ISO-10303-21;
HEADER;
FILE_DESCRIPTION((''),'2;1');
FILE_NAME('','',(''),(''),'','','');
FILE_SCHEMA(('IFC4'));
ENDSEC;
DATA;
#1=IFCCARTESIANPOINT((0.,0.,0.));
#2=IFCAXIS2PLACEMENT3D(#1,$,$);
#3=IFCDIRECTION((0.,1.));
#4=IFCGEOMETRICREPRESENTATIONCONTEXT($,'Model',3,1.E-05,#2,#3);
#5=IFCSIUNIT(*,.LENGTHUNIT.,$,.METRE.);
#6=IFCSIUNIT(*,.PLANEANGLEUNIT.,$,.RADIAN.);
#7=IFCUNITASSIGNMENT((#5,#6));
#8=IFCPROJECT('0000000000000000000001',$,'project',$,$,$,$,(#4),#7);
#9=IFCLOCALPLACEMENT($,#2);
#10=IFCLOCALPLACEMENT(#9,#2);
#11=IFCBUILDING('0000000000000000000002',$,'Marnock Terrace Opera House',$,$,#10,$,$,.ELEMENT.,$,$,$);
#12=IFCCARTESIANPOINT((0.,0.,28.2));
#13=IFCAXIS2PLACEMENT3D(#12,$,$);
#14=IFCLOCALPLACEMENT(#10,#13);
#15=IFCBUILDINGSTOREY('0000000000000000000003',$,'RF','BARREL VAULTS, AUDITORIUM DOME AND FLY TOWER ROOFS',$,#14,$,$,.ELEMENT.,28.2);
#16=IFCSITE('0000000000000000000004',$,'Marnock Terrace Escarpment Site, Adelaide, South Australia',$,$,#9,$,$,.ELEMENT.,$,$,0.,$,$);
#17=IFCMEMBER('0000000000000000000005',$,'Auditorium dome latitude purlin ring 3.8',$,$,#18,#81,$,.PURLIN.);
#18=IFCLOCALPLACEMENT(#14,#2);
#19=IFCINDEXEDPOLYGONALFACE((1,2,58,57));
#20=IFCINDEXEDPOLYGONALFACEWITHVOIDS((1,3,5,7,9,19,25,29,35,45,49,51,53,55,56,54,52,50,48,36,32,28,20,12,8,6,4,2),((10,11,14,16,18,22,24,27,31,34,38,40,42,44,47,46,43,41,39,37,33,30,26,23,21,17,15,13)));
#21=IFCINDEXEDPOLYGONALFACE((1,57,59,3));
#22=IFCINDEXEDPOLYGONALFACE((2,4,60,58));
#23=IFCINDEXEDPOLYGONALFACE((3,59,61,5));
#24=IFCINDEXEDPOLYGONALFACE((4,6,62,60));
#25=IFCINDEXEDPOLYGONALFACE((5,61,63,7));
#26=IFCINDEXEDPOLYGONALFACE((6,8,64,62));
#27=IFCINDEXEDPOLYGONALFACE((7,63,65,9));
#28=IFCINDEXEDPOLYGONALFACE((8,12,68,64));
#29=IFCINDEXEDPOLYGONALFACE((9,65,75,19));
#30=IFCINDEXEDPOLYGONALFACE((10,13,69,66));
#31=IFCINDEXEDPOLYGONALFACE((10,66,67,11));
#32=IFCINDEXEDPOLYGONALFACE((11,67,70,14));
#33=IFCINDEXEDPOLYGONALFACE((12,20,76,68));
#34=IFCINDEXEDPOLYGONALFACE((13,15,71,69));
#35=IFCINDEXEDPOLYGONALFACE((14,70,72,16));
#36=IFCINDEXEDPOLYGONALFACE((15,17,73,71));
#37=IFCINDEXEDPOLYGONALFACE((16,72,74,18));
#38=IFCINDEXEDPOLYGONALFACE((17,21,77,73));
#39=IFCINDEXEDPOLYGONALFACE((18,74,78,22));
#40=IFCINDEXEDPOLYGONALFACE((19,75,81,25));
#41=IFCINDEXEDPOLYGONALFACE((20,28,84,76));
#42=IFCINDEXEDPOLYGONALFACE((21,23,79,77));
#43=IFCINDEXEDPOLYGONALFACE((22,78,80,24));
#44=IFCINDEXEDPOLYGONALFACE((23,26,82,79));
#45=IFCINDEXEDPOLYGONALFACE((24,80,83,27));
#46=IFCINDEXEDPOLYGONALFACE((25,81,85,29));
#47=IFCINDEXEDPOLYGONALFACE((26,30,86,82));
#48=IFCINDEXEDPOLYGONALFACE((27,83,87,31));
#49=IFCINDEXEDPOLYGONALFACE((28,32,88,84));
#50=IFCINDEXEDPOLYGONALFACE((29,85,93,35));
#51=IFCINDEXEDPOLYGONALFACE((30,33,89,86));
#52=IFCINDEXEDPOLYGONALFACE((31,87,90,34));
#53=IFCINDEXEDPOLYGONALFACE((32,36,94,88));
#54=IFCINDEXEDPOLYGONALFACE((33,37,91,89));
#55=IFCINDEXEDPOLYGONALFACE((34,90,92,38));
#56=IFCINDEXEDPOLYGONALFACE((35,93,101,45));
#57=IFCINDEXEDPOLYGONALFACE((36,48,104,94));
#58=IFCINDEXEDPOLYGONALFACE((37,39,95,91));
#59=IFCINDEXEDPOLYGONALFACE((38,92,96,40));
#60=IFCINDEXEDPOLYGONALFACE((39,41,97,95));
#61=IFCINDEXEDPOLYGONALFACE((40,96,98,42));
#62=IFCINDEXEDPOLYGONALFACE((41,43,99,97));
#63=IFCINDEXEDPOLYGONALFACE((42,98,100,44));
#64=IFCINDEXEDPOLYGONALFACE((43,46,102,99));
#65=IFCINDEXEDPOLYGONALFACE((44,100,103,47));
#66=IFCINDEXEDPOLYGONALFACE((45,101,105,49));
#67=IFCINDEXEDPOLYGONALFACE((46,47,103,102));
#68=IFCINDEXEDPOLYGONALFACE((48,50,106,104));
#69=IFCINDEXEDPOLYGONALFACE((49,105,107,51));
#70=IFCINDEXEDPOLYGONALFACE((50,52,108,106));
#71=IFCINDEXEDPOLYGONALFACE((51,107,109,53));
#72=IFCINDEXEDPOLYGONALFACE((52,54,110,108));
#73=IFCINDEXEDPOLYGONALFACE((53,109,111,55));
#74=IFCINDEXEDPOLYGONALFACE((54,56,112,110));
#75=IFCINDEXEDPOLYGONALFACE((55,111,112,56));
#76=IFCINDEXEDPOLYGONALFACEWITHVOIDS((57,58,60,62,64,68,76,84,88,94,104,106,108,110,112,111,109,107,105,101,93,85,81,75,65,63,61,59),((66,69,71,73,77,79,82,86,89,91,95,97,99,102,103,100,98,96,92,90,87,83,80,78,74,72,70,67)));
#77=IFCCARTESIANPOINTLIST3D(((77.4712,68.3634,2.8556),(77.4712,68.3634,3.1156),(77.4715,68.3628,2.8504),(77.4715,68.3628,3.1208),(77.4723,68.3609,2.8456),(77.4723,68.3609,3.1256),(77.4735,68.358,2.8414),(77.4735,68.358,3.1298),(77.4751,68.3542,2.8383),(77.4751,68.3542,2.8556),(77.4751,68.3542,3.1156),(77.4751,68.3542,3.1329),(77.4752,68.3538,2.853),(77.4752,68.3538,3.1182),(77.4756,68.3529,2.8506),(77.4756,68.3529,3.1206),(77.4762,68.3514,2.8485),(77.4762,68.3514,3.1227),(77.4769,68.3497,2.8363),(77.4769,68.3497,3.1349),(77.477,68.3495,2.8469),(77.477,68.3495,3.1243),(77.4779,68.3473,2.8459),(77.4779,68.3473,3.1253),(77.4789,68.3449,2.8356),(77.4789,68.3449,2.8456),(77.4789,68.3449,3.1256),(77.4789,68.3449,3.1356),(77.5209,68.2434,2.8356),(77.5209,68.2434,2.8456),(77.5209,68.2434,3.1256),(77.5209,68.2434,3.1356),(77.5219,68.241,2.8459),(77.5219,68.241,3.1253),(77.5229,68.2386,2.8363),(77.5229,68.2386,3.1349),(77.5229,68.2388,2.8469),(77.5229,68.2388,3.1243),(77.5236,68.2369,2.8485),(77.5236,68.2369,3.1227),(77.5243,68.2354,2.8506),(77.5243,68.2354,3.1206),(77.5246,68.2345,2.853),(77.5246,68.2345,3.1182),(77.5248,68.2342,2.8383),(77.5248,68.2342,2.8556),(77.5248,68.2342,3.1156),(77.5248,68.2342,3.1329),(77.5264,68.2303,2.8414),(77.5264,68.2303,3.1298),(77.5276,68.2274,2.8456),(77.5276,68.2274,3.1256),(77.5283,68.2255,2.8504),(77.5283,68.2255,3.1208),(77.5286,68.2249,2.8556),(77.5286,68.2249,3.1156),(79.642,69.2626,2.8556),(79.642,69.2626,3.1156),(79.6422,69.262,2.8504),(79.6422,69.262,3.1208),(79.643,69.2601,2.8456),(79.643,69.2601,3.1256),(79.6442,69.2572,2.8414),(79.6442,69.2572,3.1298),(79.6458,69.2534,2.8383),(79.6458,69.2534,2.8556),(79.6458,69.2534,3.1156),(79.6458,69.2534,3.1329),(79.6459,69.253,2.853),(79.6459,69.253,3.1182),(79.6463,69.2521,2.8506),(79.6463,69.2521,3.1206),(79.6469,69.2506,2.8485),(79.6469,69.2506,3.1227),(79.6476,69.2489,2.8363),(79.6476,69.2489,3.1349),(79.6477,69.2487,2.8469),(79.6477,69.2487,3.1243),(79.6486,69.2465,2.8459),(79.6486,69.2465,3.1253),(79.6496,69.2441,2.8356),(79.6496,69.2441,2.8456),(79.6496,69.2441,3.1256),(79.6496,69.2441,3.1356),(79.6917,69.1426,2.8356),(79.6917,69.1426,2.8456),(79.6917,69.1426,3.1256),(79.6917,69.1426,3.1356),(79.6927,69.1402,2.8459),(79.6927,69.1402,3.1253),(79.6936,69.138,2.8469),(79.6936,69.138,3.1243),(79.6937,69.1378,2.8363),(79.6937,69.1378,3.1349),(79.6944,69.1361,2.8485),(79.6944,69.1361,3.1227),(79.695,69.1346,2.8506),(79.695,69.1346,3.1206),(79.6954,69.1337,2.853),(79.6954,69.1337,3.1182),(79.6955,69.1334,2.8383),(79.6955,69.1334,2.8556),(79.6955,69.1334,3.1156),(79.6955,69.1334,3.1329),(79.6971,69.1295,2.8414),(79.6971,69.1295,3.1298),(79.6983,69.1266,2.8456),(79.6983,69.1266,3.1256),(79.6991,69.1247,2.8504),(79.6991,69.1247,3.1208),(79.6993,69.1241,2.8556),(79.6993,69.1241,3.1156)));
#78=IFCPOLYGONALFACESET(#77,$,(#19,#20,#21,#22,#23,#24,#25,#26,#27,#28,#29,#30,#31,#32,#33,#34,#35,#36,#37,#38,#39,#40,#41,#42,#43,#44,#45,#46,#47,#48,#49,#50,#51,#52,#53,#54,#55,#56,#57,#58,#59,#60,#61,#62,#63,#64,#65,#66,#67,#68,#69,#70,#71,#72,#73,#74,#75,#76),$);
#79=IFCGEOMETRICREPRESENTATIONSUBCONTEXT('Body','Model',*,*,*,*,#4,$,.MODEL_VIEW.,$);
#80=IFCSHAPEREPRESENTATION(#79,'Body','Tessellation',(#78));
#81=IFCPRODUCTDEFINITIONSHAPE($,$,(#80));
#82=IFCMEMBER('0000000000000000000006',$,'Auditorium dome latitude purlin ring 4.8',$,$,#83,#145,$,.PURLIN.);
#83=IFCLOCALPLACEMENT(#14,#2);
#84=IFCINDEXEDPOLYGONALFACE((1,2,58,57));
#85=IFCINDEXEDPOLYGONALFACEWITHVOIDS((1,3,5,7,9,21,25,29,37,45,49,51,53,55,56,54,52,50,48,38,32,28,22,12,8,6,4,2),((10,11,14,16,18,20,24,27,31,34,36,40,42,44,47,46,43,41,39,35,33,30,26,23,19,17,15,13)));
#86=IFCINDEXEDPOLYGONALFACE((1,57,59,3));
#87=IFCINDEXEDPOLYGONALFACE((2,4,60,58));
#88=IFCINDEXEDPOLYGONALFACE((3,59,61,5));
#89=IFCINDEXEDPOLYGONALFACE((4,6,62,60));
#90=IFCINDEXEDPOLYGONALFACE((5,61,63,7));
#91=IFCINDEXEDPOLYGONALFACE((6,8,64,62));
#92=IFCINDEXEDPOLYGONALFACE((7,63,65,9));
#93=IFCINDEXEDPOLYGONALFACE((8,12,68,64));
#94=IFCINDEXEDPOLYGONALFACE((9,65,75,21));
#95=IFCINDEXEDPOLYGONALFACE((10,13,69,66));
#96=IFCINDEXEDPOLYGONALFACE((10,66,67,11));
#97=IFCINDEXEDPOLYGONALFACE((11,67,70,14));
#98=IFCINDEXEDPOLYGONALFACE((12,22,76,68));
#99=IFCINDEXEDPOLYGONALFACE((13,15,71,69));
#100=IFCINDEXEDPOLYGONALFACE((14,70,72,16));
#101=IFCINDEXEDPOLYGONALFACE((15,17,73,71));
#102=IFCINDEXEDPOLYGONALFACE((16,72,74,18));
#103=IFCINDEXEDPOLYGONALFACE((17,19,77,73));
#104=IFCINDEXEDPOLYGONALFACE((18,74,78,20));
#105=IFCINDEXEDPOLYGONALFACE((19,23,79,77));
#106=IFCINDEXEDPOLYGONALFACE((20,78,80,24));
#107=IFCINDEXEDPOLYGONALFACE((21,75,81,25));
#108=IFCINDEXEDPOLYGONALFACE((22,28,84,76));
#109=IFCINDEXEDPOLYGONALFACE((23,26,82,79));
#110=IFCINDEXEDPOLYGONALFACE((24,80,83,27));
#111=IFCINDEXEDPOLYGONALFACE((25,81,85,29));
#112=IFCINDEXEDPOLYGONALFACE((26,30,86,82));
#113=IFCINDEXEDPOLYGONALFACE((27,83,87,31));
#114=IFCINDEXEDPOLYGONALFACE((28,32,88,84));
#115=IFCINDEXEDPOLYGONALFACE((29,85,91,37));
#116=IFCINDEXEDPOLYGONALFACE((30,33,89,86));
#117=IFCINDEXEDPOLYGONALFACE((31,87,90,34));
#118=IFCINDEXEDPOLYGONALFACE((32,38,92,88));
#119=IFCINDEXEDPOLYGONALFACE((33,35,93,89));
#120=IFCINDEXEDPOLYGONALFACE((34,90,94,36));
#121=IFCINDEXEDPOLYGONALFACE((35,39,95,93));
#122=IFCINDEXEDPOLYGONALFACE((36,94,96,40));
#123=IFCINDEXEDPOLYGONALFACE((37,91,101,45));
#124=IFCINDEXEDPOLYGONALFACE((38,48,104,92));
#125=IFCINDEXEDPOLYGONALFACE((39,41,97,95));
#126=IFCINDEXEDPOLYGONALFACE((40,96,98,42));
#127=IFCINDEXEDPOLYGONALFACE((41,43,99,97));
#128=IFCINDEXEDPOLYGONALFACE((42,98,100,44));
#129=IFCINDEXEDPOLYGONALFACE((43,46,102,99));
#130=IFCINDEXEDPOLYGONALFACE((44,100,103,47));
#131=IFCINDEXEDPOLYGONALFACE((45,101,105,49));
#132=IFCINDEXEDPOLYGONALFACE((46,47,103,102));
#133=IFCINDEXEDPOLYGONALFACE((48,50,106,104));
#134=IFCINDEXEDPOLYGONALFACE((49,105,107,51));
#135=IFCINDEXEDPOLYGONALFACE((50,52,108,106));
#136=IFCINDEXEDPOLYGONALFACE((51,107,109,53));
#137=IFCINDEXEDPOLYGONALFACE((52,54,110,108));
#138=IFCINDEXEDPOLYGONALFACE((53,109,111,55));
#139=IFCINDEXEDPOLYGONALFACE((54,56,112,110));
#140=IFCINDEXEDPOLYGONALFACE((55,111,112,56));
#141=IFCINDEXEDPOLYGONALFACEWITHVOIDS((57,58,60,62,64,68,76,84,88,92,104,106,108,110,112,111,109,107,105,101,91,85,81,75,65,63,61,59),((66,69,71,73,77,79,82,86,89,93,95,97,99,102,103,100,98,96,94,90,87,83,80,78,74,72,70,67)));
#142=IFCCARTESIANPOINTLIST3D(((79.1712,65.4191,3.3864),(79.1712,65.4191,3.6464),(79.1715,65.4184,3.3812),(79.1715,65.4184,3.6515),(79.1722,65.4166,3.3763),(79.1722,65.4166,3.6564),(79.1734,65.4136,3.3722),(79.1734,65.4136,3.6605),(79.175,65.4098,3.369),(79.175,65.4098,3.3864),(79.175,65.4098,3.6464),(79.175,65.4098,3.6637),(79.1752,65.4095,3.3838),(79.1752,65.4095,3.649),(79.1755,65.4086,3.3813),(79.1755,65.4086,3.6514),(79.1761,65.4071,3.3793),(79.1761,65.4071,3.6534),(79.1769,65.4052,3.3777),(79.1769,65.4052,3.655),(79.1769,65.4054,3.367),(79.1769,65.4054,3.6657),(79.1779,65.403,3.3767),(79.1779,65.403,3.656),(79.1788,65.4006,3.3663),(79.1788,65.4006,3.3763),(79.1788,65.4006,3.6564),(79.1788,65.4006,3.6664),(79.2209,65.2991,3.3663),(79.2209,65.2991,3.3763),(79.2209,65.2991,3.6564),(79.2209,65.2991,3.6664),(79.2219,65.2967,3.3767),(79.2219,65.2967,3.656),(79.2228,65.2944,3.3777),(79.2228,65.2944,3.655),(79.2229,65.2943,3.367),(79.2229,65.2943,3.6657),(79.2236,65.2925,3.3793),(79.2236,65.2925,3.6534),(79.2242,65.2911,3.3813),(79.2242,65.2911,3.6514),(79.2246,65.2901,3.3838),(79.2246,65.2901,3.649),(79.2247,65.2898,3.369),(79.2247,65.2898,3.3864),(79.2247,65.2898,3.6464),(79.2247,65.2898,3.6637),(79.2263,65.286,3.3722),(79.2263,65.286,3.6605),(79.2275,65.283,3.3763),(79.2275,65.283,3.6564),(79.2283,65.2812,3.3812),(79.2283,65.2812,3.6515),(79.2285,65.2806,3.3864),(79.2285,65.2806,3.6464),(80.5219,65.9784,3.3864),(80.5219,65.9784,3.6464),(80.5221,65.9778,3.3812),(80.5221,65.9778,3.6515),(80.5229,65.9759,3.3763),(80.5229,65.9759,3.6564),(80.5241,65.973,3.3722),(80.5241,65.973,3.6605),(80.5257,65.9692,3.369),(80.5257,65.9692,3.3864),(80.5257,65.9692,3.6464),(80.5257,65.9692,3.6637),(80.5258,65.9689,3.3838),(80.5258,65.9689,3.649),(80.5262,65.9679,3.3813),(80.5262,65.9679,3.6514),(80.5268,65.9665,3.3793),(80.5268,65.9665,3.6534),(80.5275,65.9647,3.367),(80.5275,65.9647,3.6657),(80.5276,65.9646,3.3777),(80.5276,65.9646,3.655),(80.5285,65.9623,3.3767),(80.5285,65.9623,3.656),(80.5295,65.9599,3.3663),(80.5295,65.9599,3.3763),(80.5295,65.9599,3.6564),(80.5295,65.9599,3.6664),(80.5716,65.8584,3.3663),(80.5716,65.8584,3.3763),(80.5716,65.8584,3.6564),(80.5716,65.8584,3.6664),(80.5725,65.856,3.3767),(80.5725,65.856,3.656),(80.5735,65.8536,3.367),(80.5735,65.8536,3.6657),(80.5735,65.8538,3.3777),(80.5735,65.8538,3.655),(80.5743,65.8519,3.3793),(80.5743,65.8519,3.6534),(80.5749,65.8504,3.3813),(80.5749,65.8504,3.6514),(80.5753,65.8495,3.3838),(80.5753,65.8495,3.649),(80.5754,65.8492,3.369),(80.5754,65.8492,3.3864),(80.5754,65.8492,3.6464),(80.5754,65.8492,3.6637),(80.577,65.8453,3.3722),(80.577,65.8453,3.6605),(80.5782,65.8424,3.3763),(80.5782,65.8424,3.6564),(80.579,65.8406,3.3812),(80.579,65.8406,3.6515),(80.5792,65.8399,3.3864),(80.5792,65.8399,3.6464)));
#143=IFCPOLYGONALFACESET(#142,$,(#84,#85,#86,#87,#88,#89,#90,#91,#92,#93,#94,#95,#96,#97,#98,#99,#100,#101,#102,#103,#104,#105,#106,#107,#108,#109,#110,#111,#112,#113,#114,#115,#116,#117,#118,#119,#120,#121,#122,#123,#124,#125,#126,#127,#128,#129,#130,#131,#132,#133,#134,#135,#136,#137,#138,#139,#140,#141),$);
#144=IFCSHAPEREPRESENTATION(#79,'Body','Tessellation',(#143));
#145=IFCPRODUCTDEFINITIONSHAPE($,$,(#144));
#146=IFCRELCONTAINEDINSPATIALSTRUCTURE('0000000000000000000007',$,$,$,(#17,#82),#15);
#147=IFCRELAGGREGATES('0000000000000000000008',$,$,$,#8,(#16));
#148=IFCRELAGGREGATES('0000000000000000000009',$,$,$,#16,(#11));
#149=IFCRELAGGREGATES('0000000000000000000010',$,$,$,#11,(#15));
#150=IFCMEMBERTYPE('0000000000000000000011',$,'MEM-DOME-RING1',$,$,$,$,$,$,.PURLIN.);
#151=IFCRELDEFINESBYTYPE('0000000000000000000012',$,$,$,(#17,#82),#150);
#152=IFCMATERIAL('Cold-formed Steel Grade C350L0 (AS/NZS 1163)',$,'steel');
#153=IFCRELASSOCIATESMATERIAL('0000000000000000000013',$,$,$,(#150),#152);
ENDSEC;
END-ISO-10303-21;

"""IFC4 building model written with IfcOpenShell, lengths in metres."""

from ifc_helpers import new_model, si_unit, direction, frame, origin, origin_2d, place, context, subcontext, project, spatial, hollow_rectangle, extrude, material, material_profile, profile_set, type_object, element, save


model = new_model("IFC4")

# Units and contexts
model_context = context("Model", 3, precision=1e-05, world=origin(), true_north=direction((0.0, 1.0)))
body_context = subcontext(model_context, "Body", "Model", "MODEL_VIEW")
ifc_project = project(units=[si_unit("LENGTHUNIT", "METRE"), si_unit("PLANEANGLEUNIT", "RADIAN")], contexts=[model_context])

# Site, building, storey
site_placement = place(None, origin())
site = spatial("IfcSite", under=ifc_project, at=site_placement, Name="Marnock Terrace Escarpment Site, Adelaide, South Australia", CompositionType="ELEMENT", RefElevation=0.0)
building_placement = place(site_placement, origin())
building = spatial("IfcBuilding", under=site, at=building_placement, Name="Marnock Terrace Opera House", CompositionType="ELEMENT")
storey_placement = place(building_placement, frame((0.0, 0.0, 28.2)))
storey = spatial("IfcBuildingStorey", under=building, at=storey_placement, Name="RF", Description="BARREL VAULTS, AUDITORIUM DOME AND FLY TOWER ROOFS", CompositionType="ELEMENT", Elevation=28.2)

# Members
ifc_material_1 = material(Name="Cold-formed Steel Grade C350L0 (AS/NZS 1163)", Category="steel")
ifc_material_profile_1 = material_profile(ifc_material_1, hollow_rectangle(XDim=0.1499, YDim=0.3, WallThickness=0.01, InnerFilletRadius=0.01, OuterFilletRadius=0.02, at=origin_2d()))
ifc_profile_set_1 = profile_set([ifc_material_profile_1], Name="Cold-formed Steel Grade C350L0 (AS/NZS 1163)")
member_type_1 = type_object("IfcMemberType", Name="MEM-DOME-RING1", PredefinedType="PURLIN", material=ifc_profile_set_1)
member_1_placement = place(storey_placement, frame((79.6707, 69.1934, 2.9856), z_axis=(-0.923871, -0.382704, 0.0), x_axis=(0.382704, -0.923871, 0.0)))
element("IfcMember", 1, at=member_1_placement, inside=storey, type_object=member_type_1, Name="Auditorium dome latitude purlin ring 3.8", PredefinedType="PURLIN", context=body_context, shape_type="SweptSolid", body=[
    extrude(hollow_rectangle(XDim=0.1499, YDim=0.3, WallThickness=0.01, InnerFilletRadius=0.01, OuterFilletRadius=0.02, at=origin_2d()), origin(), (0.0, 0.0, 1.0), 2.3496),
])
member_2_placement = place(storey_placement, frame((80.5505, 65.9092, 3.5164), z_axis=(-0.923905, -0.382622, 0.0), x_axis=(0.382622, -0.923905, 0.0)))
element("IfcMember", 2, at=member_2_placement, inside=storey, type_object=member_type_1, Name="Auditorium dome latitude purlin ring 4.8", PredefinedType="PURLIN", context=body_context, shape_type="SweptSolid", body=[
    extrude(hollow_rectangle(XDim=0.1499, YDim=0.3, WallThickness=0.01, InnerFilletRadius=0.01, OuterFilletRadius=0.02, at=origin_2d()), origin(), (0.0, 0.0, 1.0), 1.4619),
])

save(model, "model.ifc")
